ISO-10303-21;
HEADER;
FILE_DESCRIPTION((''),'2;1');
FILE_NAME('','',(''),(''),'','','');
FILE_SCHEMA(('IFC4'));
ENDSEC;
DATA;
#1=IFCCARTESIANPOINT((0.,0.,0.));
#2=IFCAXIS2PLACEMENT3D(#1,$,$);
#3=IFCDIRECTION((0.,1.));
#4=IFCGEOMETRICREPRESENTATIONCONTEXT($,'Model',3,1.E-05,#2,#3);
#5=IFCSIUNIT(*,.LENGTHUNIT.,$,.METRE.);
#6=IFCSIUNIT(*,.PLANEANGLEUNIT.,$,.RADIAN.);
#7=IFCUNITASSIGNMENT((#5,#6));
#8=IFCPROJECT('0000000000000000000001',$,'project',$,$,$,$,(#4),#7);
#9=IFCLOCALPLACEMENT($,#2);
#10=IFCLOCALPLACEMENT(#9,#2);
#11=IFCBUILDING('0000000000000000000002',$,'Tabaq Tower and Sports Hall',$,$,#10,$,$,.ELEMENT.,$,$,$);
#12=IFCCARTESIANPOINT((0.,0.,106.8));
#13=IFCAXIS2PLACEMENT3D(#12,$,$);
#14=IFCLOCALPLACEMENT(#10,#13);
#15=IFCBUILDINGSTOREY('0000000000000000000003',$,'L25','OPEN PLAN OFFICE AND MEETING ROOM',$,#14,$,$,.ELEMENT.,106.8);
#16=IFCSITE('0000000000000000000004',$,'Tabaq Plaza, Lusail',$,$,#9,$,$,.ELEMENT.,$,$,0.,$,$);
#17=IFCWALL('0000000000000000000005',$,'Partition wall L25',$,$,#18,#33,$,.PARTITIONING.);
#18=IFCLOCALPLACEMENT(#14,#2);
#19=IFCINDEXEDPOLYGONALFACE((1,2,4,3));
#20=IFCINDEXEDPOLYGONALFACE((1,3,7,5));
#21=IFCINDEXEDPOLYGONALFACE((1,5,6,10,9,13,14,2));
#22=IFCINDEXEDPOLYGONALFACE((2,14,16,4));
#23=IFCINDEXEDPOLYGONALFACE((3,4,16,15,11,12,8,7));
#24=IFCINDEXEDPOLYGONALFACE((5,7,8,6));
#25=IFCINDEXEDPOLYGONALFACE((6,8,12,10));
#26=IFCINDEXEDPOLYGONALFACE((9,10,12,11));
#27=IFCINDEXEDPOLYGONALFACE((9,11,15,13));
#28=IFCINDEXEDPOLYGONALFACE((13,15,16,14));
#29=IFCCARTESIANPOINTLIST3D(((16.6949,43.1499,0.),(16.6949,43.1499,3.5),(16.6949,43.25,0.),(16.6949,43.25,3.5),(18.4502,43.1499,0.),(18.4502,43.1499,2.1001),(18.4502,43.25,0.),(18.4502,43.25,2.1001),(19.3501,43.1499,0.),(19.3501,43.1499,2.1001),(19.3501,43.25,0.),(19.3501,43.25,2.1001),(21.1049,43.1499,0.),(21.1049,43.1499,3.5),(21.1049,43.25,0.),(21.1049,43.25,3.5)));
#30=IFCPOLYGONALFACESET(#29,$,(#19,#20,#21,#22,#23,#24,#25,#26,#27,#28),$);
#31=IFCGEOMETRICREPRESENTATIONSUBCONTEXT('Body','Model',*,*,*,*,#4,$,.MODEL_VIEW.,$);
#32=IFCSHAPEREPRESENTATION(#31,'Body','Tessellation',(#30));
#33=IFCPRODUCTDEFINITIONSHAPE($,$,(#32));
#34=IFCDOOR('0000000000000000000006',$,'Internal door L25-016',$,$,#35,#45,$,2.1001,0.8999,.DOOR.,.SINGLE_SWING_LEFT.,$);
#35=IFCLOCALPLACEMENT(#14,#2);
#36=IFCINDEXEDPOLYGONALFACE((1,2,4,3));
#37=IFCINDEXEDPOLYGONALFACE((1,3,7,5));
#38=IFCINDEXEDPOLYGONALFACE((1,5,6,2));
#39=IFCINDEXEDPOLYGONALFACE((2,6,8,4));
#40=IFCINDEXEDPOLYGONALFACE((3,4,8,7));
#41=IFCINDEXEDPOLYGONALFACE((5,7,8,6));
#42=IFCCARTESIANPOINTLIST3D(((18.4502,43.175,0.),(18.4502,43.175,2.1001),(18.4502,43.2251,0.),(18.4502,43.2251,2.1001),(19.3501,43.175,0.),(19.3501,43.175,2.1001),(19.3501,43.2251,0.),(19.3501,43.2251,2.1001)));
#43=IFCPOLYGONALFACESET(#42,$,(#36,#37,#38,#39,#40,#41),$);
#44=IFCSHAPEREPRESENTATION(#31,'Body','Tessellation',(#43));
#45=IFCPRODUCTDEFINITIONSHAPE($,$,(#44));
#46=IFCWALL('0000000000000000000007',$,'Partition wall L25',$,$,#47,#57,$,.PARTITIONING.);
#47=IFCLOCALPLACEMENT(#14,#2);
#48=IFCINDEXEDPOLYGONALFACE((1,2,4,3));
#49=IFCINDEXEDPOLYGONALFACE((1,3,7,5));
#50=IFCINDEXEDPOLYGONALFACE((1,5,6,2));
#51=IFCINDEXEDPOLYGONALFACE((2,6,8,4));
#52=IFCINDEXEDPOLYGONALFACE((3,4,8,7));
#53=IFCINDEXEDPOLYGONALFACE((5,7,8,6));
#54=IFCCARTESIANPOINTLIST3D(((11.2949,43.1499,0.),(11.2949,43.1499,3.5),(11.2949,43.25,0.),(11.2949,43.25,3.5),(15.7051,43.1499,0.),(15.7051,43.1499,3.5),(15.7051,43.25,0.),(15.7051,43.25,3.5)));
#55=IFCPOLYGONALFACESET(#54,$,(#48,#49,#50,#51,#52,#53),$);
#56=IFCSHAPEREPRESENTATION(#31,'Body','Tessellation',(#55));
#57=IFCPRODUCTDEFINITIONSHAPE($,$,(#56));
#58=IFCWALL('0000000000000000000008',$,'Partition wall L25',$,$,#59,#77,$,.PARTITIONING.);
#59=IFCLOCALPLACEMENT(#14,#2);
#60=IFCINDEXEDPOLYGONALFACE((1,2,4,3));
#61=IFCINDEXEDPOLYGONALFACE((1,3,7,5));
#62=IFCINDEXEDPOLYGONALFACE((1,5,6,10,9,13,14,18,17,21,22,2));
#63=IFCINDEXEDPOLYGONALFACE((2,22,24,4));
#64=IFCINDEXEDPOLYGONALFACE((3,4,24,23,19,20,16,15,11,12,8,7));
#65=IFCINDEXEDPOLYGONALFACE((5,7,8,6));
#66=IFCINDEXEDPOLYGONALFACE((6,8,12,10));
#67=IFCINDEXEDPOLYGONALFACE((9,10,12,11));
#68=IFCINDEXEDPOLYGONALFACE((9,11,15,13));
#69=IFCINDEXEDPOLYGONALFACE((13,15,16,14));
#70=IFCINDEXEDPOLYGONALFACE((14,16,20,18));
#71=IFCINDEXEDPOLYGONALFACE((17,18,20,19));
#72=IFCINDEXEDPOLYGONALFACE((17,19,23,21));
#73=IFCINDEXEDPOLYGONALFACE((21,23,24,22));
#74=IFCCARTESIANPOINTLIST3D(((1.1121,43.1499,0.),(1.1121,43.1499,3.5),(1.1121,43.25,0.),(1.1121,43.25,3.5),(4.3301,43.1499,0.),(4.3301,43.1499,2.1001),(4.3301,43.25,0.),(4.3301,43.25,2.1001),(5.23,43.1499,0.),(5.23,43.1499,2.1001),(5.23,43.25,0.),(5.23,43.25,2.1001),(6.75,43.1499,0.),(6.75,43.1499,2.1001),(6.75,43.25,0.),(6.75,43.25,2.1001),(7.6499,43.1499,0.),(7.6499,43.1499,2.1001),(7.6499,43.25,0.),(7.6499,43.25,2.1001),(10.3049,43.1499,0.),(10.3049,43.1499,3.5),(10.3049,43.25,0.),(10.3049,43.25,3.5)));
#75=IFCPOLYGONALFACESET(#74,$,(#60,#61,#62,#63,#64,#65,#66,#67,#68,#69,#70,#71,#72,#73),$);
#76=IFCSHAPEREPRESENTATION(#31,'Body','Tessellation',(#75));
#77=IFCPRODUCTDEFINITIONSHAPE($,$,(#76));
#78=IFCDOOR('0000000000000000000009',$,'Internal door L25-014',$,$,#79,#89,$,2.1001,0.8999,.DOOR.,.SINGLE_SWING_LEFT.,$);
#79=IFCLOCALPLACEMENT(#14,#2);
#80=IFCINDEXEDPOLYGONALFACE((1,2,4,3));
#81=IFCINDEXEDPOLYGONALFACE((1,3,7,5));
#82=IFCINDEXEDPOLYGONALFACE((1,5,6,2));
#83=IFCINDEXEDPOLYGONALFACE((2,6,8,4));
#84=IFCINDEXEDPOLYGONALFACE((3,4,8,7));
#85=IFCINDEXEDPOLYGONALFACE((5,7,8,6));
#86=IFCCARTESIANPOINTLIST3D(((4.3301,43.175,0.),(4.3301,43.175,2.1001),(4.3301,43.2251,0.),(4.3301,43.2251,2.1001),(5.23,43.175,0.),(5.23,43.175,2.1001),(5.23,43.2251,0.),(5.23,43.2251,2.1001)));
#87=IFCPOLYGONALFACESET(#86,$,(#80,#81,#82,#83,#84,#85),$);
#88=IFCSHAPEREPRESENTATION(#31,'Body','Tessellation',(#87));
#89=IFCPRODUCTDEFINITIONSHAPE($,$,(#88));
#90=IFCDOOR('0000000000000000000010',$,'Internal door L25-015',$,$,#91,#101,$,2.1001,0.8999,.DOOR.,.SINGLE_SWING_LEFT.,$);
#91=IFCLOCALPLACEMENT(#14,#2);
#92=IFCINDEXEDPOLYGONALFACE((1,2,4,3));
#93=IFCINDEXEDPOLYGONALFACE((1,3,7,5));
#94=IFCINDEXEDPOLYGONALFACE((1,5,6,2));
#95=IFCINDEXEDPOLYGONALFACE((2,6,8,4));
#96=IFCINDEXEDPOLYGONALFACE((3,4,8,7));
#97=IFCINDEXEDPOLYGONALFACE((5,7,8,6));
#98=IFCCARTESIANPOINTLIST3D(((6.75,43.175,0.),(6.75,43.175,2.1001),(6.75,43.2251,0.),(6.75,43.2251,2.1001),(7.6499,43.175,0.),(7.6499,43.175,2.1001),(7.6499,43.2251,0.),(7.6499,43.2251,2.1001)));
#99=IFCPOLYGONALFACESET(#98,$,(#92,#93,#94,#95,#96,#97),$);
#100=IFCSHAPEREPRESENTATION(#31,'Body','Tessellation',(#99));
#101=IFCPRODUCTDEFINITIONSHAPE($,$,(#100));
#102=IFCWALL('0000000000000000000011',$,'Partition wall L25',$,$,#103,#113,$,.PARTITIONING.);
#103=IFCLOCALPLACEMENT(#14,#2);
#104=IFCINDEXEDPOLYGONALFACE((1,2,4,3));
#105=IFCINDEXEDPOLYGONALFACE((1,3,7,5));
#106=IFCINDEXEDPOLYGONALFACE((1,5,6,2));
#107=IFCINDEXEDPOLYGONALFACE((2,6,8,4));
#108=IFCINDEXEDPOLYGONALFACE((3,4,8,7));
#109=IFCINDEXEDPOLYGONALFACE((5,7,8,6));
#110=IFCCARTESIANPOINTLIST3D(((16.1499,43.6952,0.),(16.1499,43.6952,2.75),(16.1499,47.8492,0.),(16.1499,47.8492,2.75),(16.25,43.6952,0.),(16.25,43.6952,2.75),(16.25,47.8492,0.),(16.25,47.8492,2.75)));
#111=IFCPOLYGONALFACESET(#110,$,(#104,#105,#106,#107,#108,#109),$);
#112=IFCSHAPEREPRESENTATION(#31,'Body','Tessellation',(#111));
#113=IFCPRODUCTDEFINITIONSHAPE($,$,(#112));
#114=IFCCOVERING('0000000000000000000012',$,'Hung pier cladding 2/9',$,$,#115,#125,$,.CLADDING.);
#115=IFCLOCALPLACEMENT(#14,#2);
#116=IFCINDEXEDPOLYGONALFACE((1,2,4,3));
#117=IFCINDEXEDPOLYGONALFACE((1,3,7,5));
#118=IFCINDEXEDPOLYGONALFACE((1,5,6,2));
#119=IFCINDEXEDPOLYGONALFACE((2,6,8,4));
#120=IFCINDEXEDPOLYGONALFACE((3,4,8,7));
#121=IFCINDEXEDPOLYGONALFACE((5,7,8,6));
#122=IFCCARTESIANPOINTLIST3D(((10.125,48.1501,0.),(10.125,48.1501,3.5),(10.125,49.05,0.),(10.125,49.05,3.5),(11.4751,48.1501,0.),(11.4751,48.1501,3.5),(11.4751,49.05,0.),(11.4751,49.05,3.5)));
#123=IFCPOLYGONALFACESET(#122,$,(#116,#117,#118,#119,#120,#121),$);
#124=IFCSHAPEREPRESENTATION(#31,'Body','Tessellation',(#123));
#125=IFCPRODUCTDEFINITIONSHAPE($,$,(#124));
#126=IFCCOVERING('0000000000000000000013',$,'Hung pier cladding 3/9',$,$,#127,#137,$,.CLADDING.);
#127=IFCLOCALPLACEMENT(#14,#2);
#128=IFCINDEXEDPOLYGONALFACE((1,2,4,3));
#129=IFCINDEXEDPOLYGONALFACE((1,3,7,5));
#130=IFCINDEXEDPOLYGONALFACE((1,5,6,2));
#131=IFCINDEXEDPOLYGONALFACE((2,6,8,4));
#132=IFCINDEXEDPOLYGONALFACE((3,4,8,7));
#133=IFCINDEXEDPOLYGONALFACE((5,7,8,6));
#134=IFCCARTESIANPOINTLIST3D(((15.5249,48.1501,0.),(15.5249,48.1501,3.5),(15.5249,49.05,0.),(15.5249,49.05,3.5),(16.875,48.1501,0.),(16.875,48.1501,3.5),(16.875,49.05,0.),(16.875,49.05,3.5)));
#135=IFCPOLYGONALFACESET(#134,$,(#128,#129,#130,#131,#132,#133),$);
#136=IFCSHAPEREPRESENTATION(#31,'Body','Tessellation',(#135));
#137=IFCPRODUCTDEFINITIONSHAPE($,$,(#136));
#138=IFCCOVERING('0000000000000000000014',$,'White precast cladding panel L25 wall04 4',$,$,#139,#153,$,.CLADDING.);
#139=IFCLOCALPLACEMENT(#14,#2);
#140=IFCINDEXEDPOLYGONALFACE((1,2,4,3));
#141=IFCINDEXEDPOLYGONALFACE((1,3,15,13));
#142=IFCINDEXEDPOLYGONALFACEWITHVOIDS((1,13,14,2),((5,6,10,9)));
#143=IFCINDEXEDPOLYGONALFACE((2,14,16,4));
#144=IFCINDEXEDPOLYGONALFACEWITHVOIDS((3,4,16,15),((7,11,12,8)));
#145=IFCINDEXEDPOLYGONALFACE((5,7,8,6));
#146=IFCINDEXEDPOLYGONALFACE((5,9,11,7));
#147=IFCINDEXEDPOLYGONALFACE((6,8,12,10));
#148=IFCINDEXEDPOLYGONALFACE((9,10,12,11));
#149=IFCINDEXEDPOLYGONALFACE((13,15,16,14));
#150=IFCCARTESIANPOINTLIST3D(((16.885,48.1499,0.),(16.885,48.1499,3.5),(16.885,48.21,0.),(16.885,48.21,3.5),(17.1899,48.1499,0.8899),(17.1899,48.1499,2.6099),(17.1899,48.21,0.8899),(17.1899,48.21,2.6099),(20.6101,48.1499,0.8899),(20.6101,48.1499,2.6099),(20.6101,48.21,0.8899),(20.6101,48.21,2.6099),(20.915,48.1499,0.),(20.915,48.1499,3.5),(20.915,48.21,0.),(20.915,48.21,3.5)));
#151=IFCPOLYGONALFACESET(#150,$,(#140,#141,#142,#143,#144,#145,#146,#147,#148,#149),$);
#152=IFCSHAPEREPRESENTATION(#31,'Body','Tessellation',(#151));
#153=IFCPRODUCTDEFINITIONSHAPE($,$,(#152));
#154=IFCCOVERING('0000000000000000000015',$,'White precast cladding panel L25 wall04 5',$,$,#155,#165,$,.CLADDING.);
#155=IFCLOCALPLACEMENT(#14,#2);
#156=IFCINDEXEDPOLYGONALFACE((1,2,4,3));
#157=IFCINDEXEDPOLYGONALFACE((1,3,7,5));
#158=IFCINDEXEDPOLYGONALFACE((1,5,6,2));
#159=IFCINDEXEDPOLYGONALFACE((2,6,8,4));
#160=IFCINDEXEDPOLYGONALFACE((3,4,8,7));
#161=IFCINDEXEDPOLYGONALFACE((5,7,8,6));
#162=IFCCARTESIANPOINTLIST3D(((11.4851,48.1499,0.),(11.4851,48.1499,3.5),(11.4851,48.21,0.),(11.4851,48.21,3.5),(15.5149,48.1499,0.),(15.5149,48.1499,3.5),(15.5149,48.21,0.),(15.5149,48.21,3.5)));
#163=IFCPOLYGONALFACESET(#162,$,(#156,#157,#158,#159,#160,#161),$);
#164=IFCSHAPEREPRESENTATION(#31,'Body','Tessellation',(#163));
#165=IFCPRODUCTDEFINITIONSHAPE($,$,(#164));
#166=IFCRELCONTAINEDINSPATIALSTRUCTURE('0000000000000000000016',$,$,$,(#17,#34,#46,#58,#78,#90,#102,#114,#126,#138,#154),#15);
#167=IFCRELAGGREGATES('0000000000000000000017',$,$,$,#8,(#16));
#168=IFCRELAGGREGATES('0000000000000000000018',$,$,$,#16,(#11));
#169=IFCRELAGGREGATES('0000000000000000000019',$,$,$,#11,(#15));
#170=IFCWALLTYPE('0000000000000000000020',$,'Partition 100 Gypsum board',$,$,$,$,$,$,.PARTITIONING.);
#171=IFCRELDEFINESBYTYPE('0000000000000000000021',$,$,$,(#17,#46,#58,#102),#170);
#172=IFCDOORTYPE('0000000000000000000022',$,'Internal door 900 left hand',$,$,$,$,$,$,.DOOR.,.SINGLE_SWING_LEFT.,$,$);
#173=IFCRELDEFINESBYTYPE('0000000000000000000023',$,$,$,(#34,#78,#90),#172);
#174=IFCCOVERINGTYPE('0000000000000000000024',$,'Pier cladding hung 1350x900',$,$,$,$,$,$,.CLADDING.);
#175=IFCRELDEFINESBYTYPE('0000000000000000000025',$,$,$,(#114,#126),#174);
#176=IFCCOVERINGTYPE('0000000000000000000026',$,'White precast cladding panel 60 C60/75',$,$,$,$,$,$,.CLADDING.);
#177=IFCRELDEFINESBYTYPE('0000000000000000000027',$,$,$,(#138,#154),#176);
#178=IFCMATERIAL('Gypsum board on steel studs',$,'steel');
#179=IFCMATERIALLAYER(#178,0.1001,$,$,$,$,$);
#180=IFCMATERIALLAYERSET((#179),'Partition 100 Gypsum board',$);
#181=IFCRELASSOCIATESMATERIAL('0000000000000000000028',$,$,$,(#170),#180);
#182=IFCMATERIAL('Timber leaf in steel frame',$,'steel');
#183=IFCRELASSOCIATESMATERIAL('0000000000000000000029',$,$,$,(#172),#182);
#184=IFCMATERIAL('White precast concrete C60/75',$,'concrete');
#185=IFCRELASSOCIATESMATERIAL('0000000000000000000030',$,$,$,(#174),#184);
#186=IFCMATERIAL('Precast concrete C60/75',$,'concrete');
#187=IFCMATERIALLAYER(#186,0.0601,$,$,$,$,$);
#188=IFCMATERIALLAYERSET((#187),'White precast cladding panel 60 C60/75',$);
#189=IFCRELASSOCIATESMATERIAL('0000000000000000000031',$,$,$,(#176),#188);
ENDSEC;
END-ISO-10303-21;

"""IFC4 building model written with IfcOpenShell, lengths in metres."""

from ifc_helpers import new_model, si_unit, direction, frame, frame_2d, origin, place, context, subcontext, project, spatial, polyline, rectangle, outline, extrude, material, layer, layer_set, type_object, element, fill, save


model = new_model("IFC4")

# Units and contexts
model_context = context("Model", 3, precision=1e-05, world=origin(), true_north=direction((0.0, 1.0)))
body_context = subcontext(model_context, "Body", "Model", "MODEL_VIEW")
ifc_project = project(units=[si_unit("LENGTHUNIT", "METRE"), si_unit("PLANEANGLEUNIT", "RADIAN")], contexts=[model_context])

# Site, building, storey
site_placement = place(None, origin())
site = spatial("IfcSite", under=ifc_project, at=site_placement, Name="Tabaq Plaza, Lusail", CompositionType="ELEMENT", RefElevation=0.0)
building_placement = place(site_placement, origin())
building = spatial("IfcBuilding", under=site, at=building_placement, Name="Tabaq Tower and Sports Hall", CompositionType="ELEMENT")
storey_placement = place(building_placement, frame((0.0, 0.0, 106.8)))
storey = spatial("IfcBuildingStorey", under=building, at=storey_placement, Name="L25", Description="OPEN PLAN OFFICE AND MEETING ROOM", CompositionType="ELEMENT", Elevation=106.8)

# Wall, opening, door
ifc_material_1 = material(Name="Gypsum board on steel studs", Category="steel")
ifc_layer_1 = layer(ifc_material_1, 0.1001)
ifc_layer_set_1 = layer_set([ifc_layer_1], Name="Partition 100 Gypsum board")
wall_type = type_object("IfcWallType", Name="Partition 100 Gypsum board", PredefinedType="PARTITIONING", material=ifc_layer_set_1)
ifc_material_2 = material(Name="Timber leaf in steel frame", Category="steel")
door_type_1 = type_object("IfcDoorType", Name="Internal door 900 left hand", OperationType="SINGLE_SWING_LEFT", PredefinedType="DOOR", material=ifc_material_2)
wall_1_placement = place(storey_placement, frame((21.105, 43.2, 0.0), z_axis=(0.0, 0.0, 1.0), x_axis=(-1.0, 0.0, 0.0)))
wall_1 = element("IfcWall", 1, at=wall_1_placement, inside=storey, type_object=wall_type, Name="Partition wall L25", PredefinedType="PARTITIONING", context=body_context, shape_type="SweptSolid", body=[
    extrude(rectangle(XDim=4.4099, YDim=0.1001, at=frame_2d((2.2051, 0.0))), origin(), (0.0, 0.0, 1.0), 3.5),
])
opening_1_placement = place(wall_1_placement, frame((1.7549, 0.0, 0.0)))
opening_1 = element("IfcOpeningElement", 2, at=opening_1_placement, cuts=wall_1, PredefinedType="OPENING", context=body_context, shape_type="SweptSolid", body=[
    extrude(rectangle(XDim=0.8999, YDim=2.1001, at=frame_2d((0.45, 1.05))), frame((0.0, 0.05, 0.0), z_axis=(0.0, -1.0, 0.0), x_axis=(1.0, 0.0, 0.0)), (0.0, 0.0, 1.0), 0.1001),
])
door_1_placement = place(opening_1_placement, origin())
door_1 = element("IfcDoor", 3, at=door_1_placement, inside=storey, type_object=door_type_1, Name="Internal door L25-016", OperationType="SINGLE_SWING_LEFT", OverallHeight=2.1001, OverallWidth=0.8999, PredefinedType="DOOR", context=body_context, shape_type="SweptSolid", body=[
    extrude(rectangle(XDim=0.8999, YDim=2.1001, at=frame_2d((0.45, 1.05))), frame((0.0, 0.0249, 0.0), z_axis=(0.0, -1.0, 0.0), x_axis=(1.0, 0.0, 0.0)), (0.0, 0.0, 1.0), 0.05),
])
fill(opening_1, door_1)

# Wall
wall_2_placement = place(storey_placement, frame((15.7051, 43.2, 0.0), z_axis=(0.0, 0.0, 1.0), x_axis=(-1.0, 0.0, 0.0)))
element("IfcWall", 4, at=wall_2_placement, inside=storey, type_object=wall_type, Name="Partition wall L25", PredefinedType="PARTITIONING", context=body_context, shape_type="SweptSolid", body=[
    extrude(rectangle(XDim=4.4102, YDim=0.1001, at=frame_2d((2.2051, 0.0))), origin(), (0.0, 0.0, 1.0), 3.5),
])

# Wall, openings, doors
wall_3_placement = place(storey_placement, frame((10.3049, 43.2, 0.0), z_axis=(0.0, 0.0, 1.0), x_axis=(-1.0, 0.0, 0.0)))
wall_3 = element("IfcWall", 5, at=wall_3_placement, inside=storey, type_object=wall_type, Name="Partition wall L25", PredefinedType="PARTITIONING", context=body_context, shape_type="SweptSolid", body=[
    extrude(rectangle(XDim=9.1929, YDim=0.1001, at=frame_2d((4.5964, 0.0))), origin(), (0.0, 0.0, 1.0), 3.5),
])
opening_2_placement = place(wall_3_placement, frame((5.075, 0.0, 0.0)))
opening_2 = element("IfcOpeningElement", 6, at=opening_2_placement, cuts=wall_3, PredefinedType="OPENING", context=body_context, shape_type="SweptSolid", body=[
    extrude(rectangle(XDim=0.8999, YDim=2.1001, at=frame_2d((0.45, 1.05))), frame((0.0, 0.05, 0.0), z_axis=(0.0, -1.0, 0.0), x_axis=(1.0, 0.0, 0.0)), (0.0, 0.0, 1.0), 0.1001),
])
opening_3_placement = place(wall_3_placement, frame((2.655, 0.0, 0.0)))
opening_3 = element("IfcOpeningElement", 7, at=opening_3_placement, cuts=wall_3, PredefinedType="OPENING", context=body_context, shape_type="SweptSolid", body=[
    extrude(rectangle(XDim=0.8999, YDim=2.1001, at=frame_2d((0.45, 1.05))), frame((0.0, 0.05, 0.0), z_axis=(0.0, -1.0, 0.0), x_axis=(1.0, 0.0, 0.0)), (0.0, 0.0, 1.0), 0.1001),
])
door_2_placement = place(opening_2_placement, origin())
door_2 = element("IfcDoor", 8, at=door_2_placement, inside=storey, type_object=door_type_1, Name="Internal door L25-014", OperationType="SINGLE_SWING_LEFT", OverallHeight=2.1001, OverallWidth=0.8999, PredefinedType="DOOR", context=body_context, shape_type="SweptSolid", body=[
    extrude(rectangle(XDim=0.8999, YDim=2.1001, at=frame_2d((0.45, 1.05))), frame((0.0, 0.0249, 0.0), z_axis=(0.0, -1.0, 0.0), x_axis=(1.0, 0.0, 0.0)), (0.0, 0.0, 1.0), 0.05),
])
fill(opening_2, door_2)
door_3_placement = place(opening_3_placement, origin())
door_3 = element("IfcDoor", 9, at=door_3_placement, inside=storey, type_object=door_type_1, Name="Internal door L25-015", OperationType="SINGLE_SWING_LEFT", OverallHeight=2.1001, OverallWidth=0.8999, PredefinedType="DOOR", context=body_context, shape_type="SweptSolid", body=[
    extrude(rectangle(XDim=0.8999, YDim=2.1001, at=frame_2d((0.45, 1.05))), frame((0.0, 0.0249, 0.0), z_axis=(0.0, -1.0, 0.0), x_axis=(1.0, 0.0, 0.0)), (0.0, 0.0, 1.0), 0.05),
])
fill(opening_3, door_3)

# Wall
wall_4_placement = place(storey_placement, frame((16.2, 43.6951, 0.0), z_axis=(0.0, 0.0, 1.0), x_axis=(0.0, 1.0, 0.0)))
element("IfcWall", 10, at=wall_4_placement, inside=storey, type_object=wall_type, Name="Partition wall L25", PredefinedType="PARTITIONING", context=body_context, shape_type="SweptSolid", body=[
    extrude(rectangle(XDim=4.1541, YDim=0.1001, at=frame_2d((2.0771, 0.0))), origin(), (0.0, 0.0, 1.0), 2.75),
])

# Coverings
ifc_material_3 = material(Name="White precast concrete C60/75", Category="concrete")
covering_type_1 = type_object("IfcCoveringType", Name="Pier cladding hung 1350x900", PredefinedType="CLADDING", material=ifc_material_3)
for number, where, z_axis, x_axis, name in (
    (11, (11.4751, 48.6001, 0.0), (0.0, 0.0, 1.0), (-1.0, 0.0, 0.0), "Hung pier cladding 2/9"),
    (12, (16.875, 48.6001, 0.0), (0.0, 0.0, 1.0), (-1.0, 0.0, 0.0), "Hung pier cladding 3/9"),
):
    element("IfcCovering", number, at=place(storey_placement, frame(where, z_axis=z_axis, x_axis=x_axis)), inside=storey, type_object=covering_type_1, Name=name, PredefinedType="CLADDING", context=body_context, shape_type="SweptSolid", body=[
        extrude(rectangle(XDim=1.3501, YDim=0.8999, at=frame_2d((0.675, 0.0))), origin(), (0.0, 0.0, 1.0), 3.5),
    ])
ifc_material_4 = material(Name="Precast concrete C60/75", Category="concrete")
ifc_layer_2 = layer(ifc_material_4, 0.0601)
ifc_layer_set_2 = layer_set([ifc_layer_2], Name="White precast cladding panel 60 C60/75")
covering_type_2 = type_object("IfcCoveringType", Name="White precast cladding panel 60 C60/75", PredefinedType="CLADDING", material=ifc_layer_set_2)
covering_1_placement = place(storey_placement, frame((20.915, 48.1799, 0.0), z_axis=(0.0, 0.0, 1.0), x_axis=(-1.0, 0.0, 0.0)))
element("IfcCovering", 13, at=covering_1_placement, inside=storey, type_object=covering_type_2, Name="White precast cladding panel L25 wall04 4", PredefinedType="CLADDING", context=body_context, shape_type="SweptSolid", body=[
    extrude(outline(polyline([(0.0, 0.0), (4.03, 0.0), (4.03, 3.5), (0.0, 3.5), (0.0, 0.0)]), holes=[polyline([(0.3049, 0.8899), (0.3049, 2.6099), (3.7251, 2.6099), (3.7251, 0.8899), (0.3049, 0.8899)])]), frame((0.0, 0.03, 0.0), z_axis=(0.0, -1.0, 0.0), x_axis=(1.0, 0.0, 0.0)), (0.0, 0.0, 1.0), 0.0601),
])
covering_2_placement = place(storey_placement, frame((15.5149, 48.1799, 0.0), z_axis=(0.0, 0.0, 1.0), x_axis=(-1.0, 0.0, 0.0)))
element("IfcCovering", 14, at=covering_2_placement, inside=storey, type_object=covering_type_2, Name="White precast cladding panel L25 wall04 5", PredefinedType="CLADDING", context=body_context, shape_type="SweptSolid", body=[
    extrude(rectangle(XDim=4.0298, YDim=0.0601, at=frame_2d((2.0149, 0.0))), origin(), (0.0, 0.0, 1.0), 3.5),
])

save(model, "model.ifc")
